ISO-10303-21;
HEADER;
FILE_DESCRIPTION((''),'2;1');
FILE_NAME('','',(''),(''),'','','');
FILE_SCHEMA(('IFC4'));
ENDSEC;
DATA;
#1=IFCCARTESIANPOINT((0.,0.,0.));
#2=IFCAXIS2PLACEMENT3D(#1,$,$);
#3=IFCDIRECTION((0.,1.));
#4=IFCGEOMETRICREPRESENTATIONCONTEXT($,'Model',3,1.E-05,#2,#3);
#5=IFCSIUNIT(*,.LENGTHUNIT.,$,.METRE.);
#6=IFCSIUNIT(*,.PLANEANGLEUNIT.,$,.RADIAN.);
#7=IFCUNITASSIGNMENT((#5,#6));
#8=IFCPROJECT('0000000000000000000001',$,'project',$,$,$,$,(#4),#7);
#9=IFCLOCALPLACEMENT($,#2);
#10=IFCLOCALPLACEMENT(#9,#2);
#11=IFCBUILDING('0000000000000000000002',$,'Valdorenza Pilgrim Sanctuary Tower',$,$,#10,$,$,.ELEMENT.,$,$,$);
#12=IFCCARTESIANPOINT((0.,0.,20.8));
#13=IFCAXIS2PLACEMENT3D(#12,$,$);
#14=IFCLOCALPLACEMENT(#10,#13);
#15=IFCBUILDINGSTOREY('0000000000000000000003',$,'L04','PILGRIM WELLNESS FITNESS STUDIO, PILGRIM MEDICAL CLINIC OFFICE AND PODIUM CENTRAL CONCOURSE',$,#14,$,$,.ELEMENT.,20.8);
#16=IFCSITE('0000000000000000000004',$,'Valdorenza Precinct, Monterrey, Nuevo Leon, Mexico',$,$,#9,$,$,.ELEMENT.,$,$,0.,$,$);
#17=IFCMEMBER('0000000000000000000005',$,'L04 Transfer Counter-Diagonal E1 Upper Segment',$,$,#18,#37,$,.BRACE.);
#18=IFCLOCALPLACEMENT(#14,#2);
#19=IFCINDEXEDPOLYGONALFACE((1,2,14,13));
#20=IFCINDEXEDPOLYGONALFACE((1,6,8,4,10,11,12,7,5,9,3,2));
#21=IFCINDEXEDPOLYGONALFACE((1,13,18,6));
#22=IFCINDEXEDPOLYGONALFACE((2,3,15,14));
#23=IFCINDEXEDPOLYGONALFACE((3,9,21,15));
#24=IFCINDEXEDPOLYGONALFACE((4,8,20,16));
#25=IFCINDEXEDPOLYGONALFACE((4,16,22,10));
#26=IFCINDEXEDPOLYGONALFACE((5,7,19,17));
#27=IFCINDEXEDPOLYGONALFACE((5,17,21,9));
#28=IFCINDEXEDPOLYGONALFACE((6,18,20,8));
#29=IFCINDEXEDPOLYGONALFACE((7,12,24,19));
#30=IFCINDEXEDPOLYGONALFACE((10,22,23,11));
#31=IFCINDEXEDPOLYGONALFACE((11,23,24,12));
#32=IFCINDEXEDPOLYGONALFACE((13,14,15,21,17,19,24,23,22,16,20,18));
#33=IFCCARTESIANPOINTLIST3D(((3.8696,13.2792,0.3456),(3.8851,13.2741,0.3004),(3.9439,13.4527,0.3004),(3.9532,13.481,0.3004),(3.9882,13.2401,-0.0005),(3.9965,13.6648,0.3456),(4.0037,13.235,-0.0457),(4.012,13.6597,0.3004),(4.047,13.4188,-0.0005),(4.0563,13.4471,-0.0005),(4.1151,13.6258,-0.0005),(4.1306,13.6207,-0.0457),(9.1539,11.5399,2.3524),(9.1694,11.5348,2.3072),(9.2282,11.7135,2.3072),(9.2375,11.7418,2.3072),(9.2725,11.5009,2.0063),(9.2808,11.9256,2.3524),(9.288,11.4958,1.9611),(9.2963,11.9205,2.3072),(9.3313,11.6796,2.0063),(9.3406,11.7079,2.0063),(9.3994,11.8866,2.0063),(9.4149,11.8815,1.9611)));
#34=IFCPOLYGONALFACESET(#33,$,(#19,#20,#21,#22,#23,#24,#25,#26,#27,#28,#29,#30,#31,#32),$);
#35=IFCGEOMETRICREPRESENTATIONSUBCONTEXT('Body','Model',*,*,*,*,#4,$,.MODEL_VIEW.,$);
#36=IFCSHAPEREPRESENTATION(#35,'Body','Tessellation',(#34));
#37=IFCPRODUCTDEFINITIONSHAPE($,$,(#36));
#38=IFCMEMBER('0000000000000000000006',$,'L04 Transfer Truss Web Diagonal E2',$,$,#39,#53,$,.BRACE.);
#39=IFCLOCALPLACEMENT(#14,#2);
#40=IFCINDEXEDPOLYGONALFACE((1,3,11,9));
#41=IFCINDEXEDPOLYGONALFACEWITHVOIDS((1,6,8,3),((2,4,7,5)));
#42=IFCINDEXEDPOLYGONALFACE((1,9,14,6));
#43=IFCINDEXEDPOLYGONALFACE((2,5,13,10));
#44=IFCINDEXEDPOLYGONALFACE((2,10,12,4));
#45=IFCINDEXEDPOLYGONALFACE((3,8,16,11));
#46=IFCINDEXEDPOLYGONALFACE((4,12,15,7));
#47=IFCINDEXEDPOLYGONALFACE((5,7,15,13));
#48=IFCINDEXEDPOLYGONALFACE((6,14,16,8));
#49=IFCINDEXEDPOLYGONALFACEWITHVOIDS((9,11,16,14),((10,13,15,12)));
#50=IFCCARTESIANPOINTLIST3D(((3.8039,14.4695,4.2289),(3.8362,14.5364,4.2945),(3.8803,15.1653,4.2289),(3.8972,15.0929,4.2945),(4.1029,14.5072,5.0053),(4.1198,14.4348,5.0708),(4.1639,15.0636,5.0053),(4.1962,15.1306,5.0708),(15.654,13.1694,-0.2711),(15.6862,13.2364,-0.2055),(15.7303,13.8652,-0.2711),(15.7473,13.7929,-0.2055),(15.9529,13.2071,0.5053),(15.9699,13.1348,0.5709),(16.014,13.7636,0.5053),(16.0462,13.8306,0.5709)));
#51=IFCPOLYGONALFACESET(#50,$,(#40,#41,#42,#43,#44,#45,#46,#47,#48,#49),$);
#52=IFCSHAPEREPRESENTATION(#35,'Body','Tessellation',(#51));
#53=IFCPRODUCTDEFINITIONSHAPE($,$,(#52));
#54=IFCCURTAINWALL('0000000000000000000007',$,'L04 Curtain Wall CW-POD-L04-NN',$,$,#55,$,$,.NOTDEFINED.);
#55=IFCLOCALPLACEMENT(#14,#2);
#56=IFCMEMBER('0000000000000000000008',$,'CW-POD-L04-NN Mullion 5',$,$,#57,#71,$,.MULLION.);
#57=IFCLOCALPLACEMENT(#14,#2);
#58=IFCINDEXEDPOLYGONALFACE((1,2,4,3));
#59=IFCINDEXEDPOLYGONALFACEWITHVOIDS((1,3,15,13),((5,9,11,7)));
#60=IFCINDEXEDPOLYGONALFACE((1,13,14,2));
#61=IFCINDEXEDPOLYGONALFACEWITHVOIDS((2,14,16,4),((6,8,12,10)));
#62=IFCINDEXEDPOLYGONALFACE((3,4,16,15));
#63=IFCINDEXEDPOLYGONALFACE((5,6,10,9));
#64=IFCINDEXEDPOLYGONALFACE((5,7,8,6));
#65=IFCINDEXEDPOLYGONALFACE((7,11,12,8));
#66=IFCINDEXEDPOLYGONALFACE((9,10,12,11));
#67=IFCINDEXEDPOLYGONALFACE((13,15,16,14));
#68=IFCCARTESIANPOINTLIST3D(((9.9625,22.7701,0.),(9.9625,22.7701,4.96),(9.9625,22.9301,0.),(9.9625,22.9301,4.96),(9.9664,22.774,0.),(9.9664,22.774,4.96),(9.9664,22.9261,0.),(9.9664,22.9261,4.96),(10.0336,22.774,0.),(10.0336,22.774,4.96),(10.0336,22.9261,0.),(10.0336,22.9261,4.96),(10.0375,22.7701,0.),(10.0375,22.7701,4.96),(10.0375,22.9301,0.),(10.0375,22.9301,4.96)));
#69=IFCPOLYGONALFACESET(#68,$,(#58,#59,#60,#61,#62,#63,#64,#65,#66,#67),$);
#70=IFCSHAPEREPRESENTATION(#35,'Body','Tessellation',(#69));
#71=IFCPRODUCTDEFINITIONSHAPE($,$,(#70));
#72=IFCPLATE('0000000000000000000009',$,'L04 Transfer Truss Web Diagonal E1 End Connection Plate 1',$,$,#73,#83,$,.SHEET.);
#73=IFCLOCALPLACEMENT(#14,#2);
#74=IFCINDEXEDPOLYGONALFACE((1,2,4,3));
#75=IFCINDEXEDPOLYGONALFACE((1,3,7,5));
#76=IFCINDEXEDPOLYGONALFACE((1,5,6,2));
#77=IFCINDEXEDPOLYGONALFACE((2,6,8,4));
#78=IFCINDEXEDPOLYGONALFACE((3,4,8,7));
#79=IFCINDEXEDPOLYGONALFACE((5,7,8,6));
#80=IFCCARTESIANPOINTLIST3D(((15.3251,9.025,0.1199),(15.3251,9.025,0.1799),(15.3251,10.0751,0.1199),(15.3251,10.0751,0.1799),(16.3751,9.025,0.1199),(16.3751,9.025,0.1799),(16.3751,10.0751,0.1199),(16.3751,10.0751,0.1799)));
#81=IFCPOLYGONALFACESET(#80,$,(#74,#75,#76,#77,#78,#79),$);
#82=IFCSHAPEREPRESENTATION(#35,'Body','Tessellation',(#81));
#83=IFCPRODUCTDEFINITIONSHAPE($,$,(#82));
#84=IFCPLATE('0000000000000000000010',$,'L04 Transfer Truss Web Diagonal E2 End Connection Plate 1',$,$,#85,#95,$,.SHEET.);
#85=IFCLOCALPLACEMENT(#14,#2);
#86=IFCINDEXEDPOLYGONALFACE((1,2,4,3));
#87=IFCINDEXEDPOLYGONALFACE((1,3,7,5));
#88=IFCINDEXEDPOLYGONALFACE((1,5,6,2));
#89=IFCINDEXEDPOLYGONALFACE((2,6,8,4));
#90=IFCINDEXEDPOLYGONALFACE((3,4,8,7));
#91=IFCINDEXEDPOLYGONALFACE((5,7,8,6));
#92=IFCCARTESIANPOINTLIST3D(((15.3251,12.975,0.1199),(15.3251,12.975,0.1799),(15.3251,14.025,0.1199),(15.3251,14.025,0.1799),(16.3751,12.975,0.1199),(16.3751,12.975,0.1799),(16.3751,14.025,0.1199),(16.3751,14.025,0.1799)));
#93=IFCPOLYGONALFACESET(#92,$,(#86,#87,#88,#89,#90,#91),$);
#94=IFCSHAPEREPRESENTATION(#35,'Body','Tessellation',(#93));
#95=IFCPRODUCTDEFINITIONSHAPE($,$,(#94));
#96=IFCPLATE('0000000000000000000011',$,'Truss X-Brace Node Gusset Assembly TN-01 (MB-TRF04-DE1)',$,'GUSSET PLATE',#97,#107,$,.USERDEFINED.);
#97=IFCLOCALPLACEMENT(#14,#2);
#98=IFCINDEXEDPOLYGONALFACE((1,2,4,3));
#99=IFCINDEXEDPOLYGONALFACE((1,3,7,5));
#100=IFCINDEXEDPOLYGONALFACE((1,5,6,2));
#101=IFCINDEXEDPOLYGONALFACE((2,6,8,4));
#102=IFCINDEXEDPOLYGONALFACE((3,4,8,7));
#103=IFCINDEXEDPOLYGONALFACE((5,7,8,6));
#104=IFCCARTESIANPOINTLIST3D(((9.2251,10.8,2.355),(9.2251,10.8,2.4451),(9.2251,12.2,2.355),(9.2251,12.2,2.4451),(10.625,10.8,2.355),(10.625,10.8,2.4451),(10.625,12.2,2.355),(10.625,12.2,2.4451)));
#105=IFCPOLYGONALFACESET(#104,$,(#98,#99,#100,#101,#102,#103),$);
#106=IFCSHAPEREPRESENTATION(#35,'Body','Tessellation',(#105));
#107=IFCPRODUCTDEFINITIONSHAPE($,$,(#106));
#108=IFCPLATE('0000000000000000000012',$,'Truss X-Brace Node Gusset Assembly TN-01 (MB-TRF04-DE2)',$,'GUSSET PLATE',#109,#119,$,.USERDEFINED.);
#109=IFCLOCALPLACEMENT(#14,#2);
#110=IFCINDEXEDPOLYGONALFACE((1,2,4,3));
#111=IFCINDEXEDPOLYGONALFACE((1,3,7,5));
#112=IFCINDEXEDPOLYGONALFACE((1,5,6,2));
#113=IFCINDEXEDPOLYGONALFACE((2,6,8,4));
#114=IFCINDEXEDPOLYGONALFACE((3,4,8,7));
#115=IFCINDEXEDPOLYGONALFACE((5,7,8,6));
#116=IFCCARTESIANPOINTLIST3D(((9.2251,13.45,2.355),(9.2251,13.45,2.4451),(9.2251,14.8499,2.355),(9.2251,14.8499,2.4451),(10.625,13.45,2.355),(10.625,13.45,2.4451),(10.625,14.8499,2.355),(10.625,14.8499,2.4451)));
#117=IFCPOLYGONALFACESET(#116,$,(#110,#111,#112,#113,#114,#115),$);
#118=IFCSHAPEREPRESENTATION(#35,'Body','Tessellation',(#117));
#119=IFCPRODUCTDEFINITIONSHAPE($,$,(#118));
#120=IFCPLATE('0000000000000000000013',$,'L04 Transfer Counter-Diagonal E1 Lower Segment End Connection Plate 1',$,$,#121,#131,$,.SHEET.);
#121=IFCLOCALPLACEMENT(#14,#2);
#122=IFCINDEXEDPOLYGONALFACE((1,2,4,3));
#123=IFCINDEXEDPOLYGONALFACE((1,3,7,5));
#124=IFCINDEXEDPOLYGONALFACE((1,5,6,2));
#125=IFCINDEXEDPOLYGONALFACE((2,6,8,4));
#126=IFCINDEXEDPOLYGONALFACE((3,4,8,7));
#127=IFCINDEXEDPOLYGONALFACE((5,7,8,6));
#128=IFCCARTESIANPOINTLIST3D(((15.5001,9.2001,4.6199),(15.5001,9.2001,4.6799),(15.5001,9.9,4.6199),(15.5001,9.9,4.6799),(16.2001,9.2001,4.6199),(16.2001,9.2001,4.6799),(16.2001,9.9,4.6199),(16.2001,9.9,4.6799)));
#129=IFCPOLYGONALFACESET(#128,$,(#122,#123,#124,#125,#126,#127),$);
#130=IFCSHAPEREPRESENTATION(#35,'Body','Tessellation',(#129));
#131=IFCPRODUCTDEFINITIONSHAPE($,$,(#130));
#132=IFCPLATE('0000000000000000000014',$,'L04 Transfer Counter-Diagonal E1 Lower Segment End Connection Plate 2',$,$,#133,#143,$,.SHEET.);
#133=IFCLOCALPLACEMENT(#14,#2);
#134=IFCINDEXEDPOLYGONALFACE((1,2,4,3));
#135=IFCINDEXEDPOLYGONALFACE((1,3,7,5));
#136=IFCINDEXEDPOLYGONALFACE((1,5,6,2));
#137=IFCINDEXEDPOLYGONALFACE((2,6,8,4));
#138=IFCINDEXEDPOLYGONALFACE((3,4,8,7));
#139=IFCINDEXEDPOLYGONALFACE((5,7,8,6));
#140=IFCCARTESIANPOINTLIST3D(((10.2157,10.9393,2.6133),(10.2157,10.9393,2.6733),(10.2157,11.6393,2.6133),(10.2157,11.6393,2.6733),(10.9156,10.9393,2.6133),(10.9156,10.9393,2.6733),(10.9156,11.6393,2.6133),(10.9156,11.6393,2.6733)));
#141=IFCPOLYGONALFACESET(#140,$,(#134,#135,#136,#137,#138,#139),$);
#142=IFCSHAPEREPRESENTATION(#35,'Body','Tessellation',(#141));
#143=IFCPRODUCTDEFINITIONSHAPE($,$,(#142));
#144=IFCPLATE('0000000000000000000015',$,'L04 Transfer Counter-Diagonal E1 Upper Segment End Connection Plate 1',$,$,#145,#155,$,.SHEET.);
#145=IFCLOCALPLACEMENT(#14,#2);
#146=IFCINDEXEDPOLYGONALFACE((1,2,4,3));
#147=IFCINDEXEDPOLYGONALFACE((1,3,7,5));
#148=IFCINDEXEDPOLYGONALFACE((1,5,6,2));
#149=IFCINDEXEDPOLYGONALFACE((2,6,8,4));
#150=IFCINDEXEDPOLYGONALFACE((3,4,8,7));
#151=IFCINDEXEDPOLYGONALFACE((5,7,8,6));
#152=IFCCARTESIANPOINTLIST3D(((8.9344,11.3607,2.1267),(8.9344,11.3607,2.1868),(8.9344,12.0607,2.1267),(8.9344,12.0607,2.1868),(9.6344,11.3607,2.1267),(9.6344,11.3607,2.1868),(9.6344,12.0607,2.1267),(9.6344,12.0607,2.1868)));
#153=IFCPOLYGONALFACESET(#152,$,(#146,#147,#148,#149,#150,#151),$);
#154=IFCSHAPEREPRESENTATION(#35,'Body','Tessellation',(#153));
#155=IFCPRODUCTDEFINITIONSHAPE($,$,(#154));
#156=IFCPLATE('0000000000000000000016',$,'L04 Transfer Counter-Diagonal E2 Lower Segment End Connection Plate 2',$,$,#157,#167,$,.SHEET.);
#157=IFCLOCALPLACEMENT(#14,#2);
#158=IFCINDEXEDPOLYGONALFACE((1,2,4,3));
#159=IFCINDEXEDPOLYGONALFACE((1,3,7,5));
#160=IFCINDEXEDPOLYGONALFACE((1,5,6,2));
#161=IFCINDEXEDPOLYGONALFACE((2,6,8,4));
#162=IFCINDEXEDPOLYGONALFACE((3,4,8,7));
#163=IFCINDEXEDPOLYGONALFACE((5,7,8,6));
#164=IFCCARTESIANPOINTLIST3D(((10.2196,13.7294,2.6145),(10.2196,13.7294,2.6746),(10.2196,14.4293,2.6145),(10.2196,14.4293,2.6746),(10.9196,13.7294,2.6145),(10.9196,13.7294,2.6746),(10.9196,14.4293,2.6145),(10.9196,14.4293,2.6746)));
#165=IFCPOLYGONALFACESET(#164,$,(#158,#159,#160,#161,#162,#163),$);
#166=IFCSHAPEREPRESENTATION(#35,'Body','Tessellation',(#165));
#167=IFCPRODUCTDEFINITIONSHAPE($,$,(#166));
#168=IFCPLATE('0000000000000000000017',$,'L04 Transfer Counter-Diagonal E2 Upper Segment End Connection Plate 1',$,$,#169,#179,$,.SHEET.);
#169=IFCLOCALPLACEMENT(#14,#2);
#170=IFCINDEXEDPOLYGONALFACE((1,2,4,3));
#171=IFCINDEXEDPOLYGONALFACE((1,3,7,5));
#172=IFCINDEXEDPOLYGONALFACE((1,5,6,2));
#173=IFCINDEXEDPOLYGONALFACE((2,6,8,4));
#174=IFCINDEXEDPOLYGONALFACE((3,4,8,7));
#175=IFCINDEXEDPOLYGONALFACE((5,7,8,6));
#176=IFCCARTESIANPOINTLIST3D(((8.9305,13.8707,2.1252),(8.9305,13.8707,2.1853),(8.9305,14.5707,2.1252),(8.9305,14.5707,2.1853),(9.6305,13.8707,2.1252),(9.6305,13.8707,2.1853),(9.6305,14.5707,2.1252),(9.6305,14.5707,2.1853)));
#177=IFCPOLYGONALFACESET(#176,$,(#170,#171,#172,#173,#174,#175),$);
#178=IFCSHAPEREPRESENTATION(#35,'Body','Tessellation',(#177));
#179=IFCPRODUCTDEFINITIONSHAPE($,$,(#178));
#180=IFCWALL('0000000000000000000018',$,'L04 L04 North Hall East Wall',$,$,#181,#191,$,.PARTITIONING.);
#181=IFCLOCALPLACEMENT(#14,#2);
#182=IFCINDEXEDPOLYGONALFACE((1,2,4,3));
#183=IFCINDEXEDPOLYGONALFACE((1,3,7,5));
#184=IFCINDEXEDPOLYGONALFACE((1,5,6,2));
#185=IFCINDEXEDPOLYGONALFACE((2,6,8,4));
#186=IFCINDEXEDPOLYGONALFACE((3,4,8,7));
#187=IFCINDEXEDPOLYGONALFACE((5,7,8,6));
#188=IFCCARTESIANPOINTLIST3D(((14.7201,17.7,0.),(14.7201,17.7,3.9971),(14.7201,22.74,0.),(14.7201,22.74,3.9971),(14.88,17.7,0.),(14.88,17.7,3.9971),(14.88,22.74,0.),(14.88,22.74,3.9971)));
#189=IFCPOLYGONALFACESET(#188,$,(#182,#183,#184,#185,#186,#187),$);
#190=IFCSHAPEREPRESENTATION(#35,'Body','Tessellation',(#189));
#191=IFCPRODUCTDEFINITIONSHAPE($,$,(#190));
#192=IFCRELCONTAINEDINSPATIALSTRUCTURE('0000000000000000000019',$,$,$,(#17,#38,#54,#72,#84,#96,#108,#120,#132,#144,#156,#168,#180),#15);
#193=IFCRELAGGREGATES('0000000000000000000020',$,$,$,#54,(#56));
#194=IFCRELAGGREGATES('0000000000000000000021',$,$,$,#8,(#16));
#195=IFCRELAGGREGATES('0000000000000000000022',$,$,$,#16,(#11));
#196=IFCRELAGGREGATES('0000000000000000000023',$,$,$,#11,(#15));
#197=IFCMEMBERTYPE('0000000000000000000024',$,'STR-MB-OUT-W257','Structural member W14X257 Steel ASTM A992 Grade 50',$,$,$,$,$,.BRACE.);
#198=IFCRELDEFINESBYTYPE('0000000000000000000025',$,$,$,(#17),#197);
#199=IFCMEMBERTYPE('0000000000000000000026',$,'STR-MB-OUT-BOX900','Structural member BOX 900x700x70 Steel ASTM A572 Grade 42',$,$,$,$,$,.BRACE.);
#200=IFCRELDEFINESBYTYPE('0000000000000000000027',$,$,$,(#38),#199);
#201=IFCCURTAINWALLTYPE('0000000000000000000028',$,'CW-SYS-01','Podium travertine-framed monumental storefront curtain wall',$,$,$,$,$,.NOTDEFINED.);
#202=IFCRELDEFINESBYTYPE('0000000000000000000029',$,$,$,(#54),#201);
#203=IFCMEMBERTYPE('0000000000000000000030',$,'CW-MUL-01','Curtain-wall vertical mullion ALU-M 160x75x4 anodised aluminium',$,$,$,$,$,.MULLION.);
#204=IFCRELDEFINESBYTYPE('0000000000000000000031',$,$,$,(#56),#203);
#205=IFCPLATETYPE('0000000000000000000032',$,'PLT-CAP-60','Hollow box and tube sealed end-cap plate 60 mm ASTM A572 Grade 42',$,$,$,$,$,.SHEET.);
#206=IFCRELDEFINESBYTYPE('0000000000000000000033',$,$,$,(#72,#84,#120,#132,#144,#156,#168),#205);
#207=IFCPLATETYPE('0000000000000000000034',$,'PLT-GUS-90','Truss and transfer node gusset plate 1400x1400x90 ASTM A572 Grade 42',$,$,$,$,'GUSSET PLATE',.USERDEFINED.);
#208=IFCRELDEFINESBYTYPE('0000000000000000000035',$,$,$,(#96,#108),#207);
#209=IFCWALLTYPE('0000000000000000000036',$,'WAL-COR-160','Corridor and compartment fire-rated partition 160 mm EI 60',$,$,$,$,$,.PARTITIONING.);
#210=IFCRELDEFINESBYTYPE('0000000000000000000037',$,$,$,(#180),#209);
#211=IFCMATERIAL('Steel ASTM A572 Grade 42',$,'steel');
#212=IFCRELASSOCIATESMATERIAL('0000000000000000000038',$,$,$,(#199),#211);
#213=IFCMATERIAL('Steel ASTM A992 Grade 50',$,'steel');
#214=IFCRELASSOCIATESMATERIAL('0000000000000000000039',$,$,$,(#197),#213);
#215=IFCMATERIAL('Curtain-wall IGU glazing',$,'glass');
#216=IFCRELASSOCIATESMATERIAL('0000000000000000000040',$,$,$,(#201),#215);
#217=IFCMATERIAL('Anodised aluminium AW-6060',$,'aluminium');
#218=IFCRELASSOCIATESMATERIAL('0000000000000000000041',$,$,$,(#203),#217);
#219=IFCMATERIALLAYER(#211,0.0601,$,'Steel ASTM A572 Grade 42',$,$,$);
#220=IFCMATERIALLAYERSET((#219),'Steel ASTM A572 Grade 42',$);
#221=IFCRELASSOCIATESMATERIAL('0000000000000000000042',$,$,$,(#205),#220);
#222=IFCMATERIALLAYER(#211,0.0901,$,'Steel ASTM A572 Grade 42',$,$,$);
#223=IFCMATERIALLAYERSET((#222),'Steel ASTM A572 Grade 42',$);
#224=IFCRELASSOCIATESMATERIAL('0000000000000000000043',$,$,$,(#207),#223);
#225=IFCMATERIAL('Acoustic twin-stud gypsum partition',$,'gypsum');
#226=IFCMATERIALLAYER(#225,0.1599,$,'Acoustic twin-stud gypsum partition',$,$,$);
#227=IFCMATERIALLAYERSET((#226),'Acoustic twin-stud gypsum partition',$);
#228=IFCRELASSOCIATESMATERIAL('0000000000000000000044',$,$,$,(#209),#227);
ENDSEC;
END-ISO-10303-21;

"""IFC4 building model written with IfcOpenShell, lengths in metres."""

from ifc_helpers import new_model, si_unit, direction, frame, frame_2d, origin, origin_2d, place, context, subcontext, project, spatial, rectangle, hollow_rectangle, i_section, extrude, source, transform, mapped, material, layer, layer_set, material_profile, profile_set, type_object, element, aggregate, save


model = new_model("IFC4")

# Units and contexts
model_context = context("Model", 3, precision=1e-05, world=origin(), true_north=direction((0.0, 1.0)))
body_context = subcontext(model_context, "Body", "Model", "MODEL_VIEW")
ifc_project = project(units=[si_unit("LENGTHUNIT", "METRE"), si_unit("PLANEANGLEUNIT", "RADIAN")], contexts=[model_context])

# Site, building, storey
site_placement = place(None, origin())
site = spatial("IfcSite", under=ifc_project, at=site_placement, Name="Valdorenza Precinct, Monterrey, Nuevo Leon, Mexico", CompositionType="ELEMENT", RefElevation=0.0)
building_placement = place(site_placement, origin())
building = spatial("IfcBuilding", under=site, at=building_placement, Name="Valdorenza Pilgrim Sanctuary Tower", CompositionType="ELEMENT")
storey_placement = place(building_placement, frame((0.0, 0.0, 20.8)))
storey = spatial("IfcBuildingStorey", under=building, at=storey_placement, Name="L04", Description="PILGRIM WELLNESS FITNESS STUDIO, PILGRIM MEDICAL CLINIC OFFICE AND PODIUM CENTRAL CONCOURSE", CompositionType="ELEMENT", Elevation=20.8)

# Shared definitions
ifc_material_1 = material(Name="Steel ASTM A992 Grade 50", Category="steel")
ifc_material_2 = material(Name="Steel ASTM A572 Grade 42", Category="steel")

# Members
ifc_material_profile_1 = material_profile(ifc_material_2, hollow_rectangle(XDim=0.7, YDim=0.8999, WallThickness=0.0701, at=origin_2d()), Name="BOX 900x700x70")
ifc_profile_set_1 = profile_set([ifc_material_profile_1], Name="Steel ASTM A572 Grade 42")
member_type_1 = type_object("IfcMemberType", Name="STR-MB-OUT-BOX900", Description="Structural member BOX 900x700x70 Steel ASTM A572 Grade 42", PredefinedType="BRACE", material=ifc_profile_set_1)
ifc_material_profile_2 = material_profile(ifc_material_1, i_section(OverallWidth=0.406, OverallDepth=0.416, WebThickness=0.0298, FlangeThickness=0.0481, at=origin_2d()), Name="W14X257")
ifc_profile_set_2 = profile_set([ifc_material_profile_2], Name="Steel ASTM A992 Grade 50")
member_type_2 = type_object("IfcMemberType", Name="STR-MB-OUT-W257", Description="Structural member W14X257 Steel ASTM A992 Grade 50", PredefinedType="BRACE", material=ifc_profile_set_2)
shared_shape_1 = source(origin(), body_context, "Body", "SweptSolid", [
    extrude(i_section(OverallWidth=0.406, OverallDepth=0.416, WebThickness=0.0298, FlangeThickness=0.0481, at=origin_2d()), origin(), (0.0, 0.0, 1.0), 5.9141),
])
for number, where, z_axis, x_axis, name in (
    (1, (9.2844, 11.7107, 2.1567), (-0.893517, 0.294083, -0.339326), (-0.312631, -0.949875, 0.0), "L04 Transfer Counter-Diagonal E1 Upper Segment"),
):
    element("IfcMember", number, at=place(storey_placement, frame(where, z_axis=z_axis, x_axis=x_axis)), inside=storey, type_object=member_type_2, Name=name, PredefinedType="BRACE", context=body_context, shape_type="MappedRepresentation", body=[
        mapped(shared_shape_1, transform((0.0, 0.0, 0.0), x_axis=(1.0, 0.0, 0.0), y_axis=(0.0, 1.0, 0.0), z_axis=(0.0, 0.0, 1.0), scale=1.0)),
    ])
shared_shape_2 = source(origin(), body_context, "Body", "SweptSolid", [
    extrude(hollow_rectangle(XDim=0.7, YDim=0.8999, WallThickness=0.0701, at=origin_2d()), origin(), (0.0, 0.0, 1.0), 12.7422),
])
member_1_placement = place(storey_placement, frame((15.8501, 13.5, 0.1499), z_axis=(-0.929985, 0.102027, 0.353156), x_axis=(-0.109054, -0.994036, 0.0)))
element("IfcMember", 2, at=member_1_placement, inside=storey, type_object=member_type_1, Name="L04 Transfer Truss Web Diagonal E2", PredefinedType="BRACE", context=body_context, shape_type="MappedRepresentation", body=[
    mapped(shared_shape_2, transform((0.0, 0.0, 0.0), x_axis=(1.0, 0.0, 0.0), y_axis=(0.0, 1.0, 0.0), z_axis=(0.0, 0.0, 1.0), scale=1.0)),
])

# Curtain wall, member
ifc_material_3 = material(Name="Curtain-wall IGU glazing", Category="glass")
curtain_wall_type = type_object("IfcCurtainWallType", Name="CW-SYS-01", Description="Podium travertine-framed monumental storefront curtain wall", PredefinedType="NOTDEFINED", material=ifc_material_3)
curtain_wall_placement = place(storey_placement, origin())
curtain_wall = element("IfcCurtainWall", 3, at=curtain_wall_placement, inside=storey, type_object=curtain_wall_type, Name="L04 Curtain Wall CW-POD-L04-NN", PredefinedType="NOTDEFINED")
ifc_material_4 = material(Name="Anodised aluminium AW-6060", Category="aluminium")
ifc_material_profile_3 = material_profile(ifc_material_4, hollow_rectangle(XDim=0.075, YDim=0.1599, WallThickness=0.0039, at=origin_2d()), Name="ALU-M 160x75x4")
ifc_profile_set_3 = profile_set([ifc_material_profile_3], Name="Anodised aluminium AW-6060")
member_type_3 = type_object("IfcMemberType", Name="CW-MUL-01", Description="Curtain-wall vertical mullion ALU-M 160x75x4 anodised aluminium", PredefinedType="MULLION", material=ifc_profile_set_3)
shared_shape_3 = source(origin(), body_context, "Body", "SweptSolid", [
    extrude(hollow_rectangle(XDim=0.075, YDim=0.1599, WallThickness=0.0039, at=origin_2d()), origin(), (0.0, 0.0, 1.0), 4.96),
])
member_2_placement = place(storey_placement, frame((10.0, 22.8501, 0.0), z_axis=(0.0, 0.0, 1.0), x_axis=(1.0, 0.0, 0.0)))
member_2 = element("IfcMember", 4, at=member_2_placement, type_object=member_type_3, Name="CW-POD-L04-NN Mullion 5", PredefinedType="MULLION", context=body_context, shape_type="MappedRepresentation", body=[
    mapped(shared_shape_3, transform((0.0, 0.0, 0.0), x_axis=(1.0, 0.0, 0.0), y_axis=(0.0, 1.0, 0.0), z_axis=(0.0, 0.0, 1.0), scale=1.0)),
])
aggregate(curtain_wall, [member_2])

# Plates
ifc_layer_1 = layer(ifc_material_2, 0.0601, Name="Steel ASTM A572 Grade 42")
ifc_layer_set_1 = layer_set([ifc_layer_1], Name="Steel ASTM A572 Grade 42")
plate_type_1 = type_object("IfcPlateType", Name="PLT-CAP-60", Description="Hollow box and tube sealed end-cap plate 60 mm ASTM A572 Grade 42", PredefinedType="SHEET", material=ifc_layer_set_1)
shared_shape_4 = source(origin(), body_context, "Body", "SweptSolid", [
    extrude(rectangle(XDim=1.05, YDim=1.05, at=origin_2d()), origin(), (0.0, 0.0, 1.0), 0.0601),
])
for number, where, z_axis, x_axis, name in (
    (5, (15.8501, 9.55, 0.1199), (0.0, 0.0, 1.0), (1.0, 0.0, 0.0), "L04 Transfer Truss Web Diagonal E1 End Connection Plate 1"),
    (6, (15.8501, 13.5, 0.1199), (0.0, 0.0, 1.0), (1.0, 0.0, 0.0), "L04 Transfer Truss Web Diagonal E2 End Connection Plate 1"),
):
    element("IfcPlate", number, at=place(storey_placement, frame(where, z_axis=z_axis, x_axis=x_axis)), inside=storey, type_object=plate_type_1, Name=name, PredefinedType="SHEET", context=body_context, shape_type="MappedRepresentation", body=[
        mapped(shared_shape_4, transform((0.0, 0.0, 0.0), x_axis=(1.0, 0.0, 0.0), y_axis=(0.0, 1.0, 0.0), z_axis=(0.0, 0.0, 1.0), scale=1.0)),
    ])
ifc_layer_2 = layer(ifc_material_2, 0.0901, Name="Steel ASTM A572 Grade 42")
ifc_layer_set_2 = layer_set([ifc_layer_2], Name="Steel ASTM A572 Grade 42")
plate_type_2 = type_object("IfcPlateType", Name="PLT-GUS-90", Description="Truss and transfer node gusset plate 1400x1400x90 ASTM A572 Grade 42", ElementType="GUSSET PLATE", PredefinedType="USERDEFINED", material=ifc_layer_set_2)
shared_shape_5 = source(origin(), body_context, "Body", "SweptSolid", [
    extrude(rectangle(XDim=1.3999, YDim=1.3999, at=origin_2d()), origin(), (0.0, 0.0, 1.0), 0.0901),
])
for number, where, z_axis, x_axis, name in (
    (7, (9.925, 11.5, 2.355), (0.0, 0.0, 1.0), (1.0, 0.0, 0.0), "Truss X-Brace Node Gusset Assembly TN-01 (MB-TRF04-DE1)"),
    (8, (9.925, 14.1499, 2.355), (0.0, 0.0, 1.0), (1.0, 0.0, 0.0), "Truss X-Brace Node Gusset Assembly TN-01 (MB-TRF04-DE2)"),
):
    element("IfcPlate", number, at=place(storey_placement, frame(where, z_axis=z_axis, x_axis=x_axis)), inside=storey, type_object=plate_type_2, Name=name, ObjectType="GUSSET PLATE", PredefinedType="USERDEFINED", context=body_context, shape_type="MappedRepresentation", body=[
        mapped(shared_shape_5, transform((0.0, 0.0, 0.0), x_axis=(1.0, 0.0, 0.0), y_axis=(0.0, 1.0, 0.0), z_axis=(0.0, 0.0, 1.0), scale=1.0)),
    ])
shared_shape_6 = source(origin(), body_context, "Body", "SweptSolid", [
    extrude(rectangle(XDim=0.7, YDim=0.7, at=origin_2d()), origin(), (0.0, 0.0, 1.0), 0.0601),
])
for number, where, z_axis, x_axis, name in (
    (9, (15.8501, 9.55, 4.6199), (0.0, 0.0, 1.0), (1.0, 0.0, 0.0), "L04 Transfer Counter-Diagonal E1 Lower Segment End Connection Plate 1"),
    (10, (10.5657, 11.2893, 2.6133), (0.0, 0.0, 1.0), (1.0, 0.0, 0.0), "L04 Transfer Counter-Diagonal E1 Lower Segment End Connection Plate 2"),
    (11, (9.2844, 11.7107, 2.1267), (0.0, 0.0, 1.0), (1.0, 0.0, 0.0), "L04 Transfer Counter-Diagonal E1 Upper Segment End Connection Plate 1"),
    (12, (10.5696, 14.0793, 2.6145), (0.0, 0.0, 1.0), (1.0, 0.0, 0.0), "L04 Transfer Counter-Diagonal E2 Lower Segment End Connection Plate 2"),
    (13, (9.2805, 14.2207, 2.1252), (0.0, 0.0, 1.0), (1.0, 0.0, 0.0), "L04 Transfer Counter-Diagonal E2 Upper Segment End Connection Plate 1"),
):
    element("IfcPlate", number, at=place(storey_placement, frame(where, z_axis=z_axis, x_axis=x_axis)), inside=storey, type_object=plate_type_1, Name=name, PredefinedType="SHEET", context=body_context, shape_type="MappedRepresentation", body=[
        mapped(shared_shape_6, transform((0.0, 0.0, 0.0), x_axis=(1.0, 0.0, 0.0), y_axis=(0.0, 1.0, 0.0), z_axis=(0.0, 0.0, 1.0), scale=1.0)),
    ])

# Wall
ifc_material_5 = material(Name="Acoustic twin-stud gypsum partition", Category="gypsum")
ifc_layer_3 = layer(ifc_material_5, 0.1599, Name="Acoustic twin-stud gypsum partition")
ifc_layer_set_3 = layer_set([ifc_layer_3], Name="Acoustic twin-stud gypsum partition")
wall_type_1 = type_object("IfcWallType", Name="WAL-COR-160", Description="Corridor and compartment fire-rated partition 160 mm EI 60", PredefinedType="PARTITIONING", material=ifc_layer_set_3)
wall_1_placement = place(storey_placement, frame((14.8, 17.7, 0.0), z_axis=(0.0, 0.0, 1.0), x_axis=(0.0, 1.0, 0.0)))
element("IfcWall", 14, at=wall_1_placement, inside=storey, type_object=wall_type_1, Name="L04 L04 North Hall East Wall", PredefinedType="PARTITIONING", context=body_context, shape_type="SweptSolid", body=[
    extrude(rectangle(XDim=5.04, YDim=0.1599, at=frame_2d((2.52, 0.0))), origin(), (0.0, 0.0, 1.0), 3.9971),
])

save(model, "model.ifc")
